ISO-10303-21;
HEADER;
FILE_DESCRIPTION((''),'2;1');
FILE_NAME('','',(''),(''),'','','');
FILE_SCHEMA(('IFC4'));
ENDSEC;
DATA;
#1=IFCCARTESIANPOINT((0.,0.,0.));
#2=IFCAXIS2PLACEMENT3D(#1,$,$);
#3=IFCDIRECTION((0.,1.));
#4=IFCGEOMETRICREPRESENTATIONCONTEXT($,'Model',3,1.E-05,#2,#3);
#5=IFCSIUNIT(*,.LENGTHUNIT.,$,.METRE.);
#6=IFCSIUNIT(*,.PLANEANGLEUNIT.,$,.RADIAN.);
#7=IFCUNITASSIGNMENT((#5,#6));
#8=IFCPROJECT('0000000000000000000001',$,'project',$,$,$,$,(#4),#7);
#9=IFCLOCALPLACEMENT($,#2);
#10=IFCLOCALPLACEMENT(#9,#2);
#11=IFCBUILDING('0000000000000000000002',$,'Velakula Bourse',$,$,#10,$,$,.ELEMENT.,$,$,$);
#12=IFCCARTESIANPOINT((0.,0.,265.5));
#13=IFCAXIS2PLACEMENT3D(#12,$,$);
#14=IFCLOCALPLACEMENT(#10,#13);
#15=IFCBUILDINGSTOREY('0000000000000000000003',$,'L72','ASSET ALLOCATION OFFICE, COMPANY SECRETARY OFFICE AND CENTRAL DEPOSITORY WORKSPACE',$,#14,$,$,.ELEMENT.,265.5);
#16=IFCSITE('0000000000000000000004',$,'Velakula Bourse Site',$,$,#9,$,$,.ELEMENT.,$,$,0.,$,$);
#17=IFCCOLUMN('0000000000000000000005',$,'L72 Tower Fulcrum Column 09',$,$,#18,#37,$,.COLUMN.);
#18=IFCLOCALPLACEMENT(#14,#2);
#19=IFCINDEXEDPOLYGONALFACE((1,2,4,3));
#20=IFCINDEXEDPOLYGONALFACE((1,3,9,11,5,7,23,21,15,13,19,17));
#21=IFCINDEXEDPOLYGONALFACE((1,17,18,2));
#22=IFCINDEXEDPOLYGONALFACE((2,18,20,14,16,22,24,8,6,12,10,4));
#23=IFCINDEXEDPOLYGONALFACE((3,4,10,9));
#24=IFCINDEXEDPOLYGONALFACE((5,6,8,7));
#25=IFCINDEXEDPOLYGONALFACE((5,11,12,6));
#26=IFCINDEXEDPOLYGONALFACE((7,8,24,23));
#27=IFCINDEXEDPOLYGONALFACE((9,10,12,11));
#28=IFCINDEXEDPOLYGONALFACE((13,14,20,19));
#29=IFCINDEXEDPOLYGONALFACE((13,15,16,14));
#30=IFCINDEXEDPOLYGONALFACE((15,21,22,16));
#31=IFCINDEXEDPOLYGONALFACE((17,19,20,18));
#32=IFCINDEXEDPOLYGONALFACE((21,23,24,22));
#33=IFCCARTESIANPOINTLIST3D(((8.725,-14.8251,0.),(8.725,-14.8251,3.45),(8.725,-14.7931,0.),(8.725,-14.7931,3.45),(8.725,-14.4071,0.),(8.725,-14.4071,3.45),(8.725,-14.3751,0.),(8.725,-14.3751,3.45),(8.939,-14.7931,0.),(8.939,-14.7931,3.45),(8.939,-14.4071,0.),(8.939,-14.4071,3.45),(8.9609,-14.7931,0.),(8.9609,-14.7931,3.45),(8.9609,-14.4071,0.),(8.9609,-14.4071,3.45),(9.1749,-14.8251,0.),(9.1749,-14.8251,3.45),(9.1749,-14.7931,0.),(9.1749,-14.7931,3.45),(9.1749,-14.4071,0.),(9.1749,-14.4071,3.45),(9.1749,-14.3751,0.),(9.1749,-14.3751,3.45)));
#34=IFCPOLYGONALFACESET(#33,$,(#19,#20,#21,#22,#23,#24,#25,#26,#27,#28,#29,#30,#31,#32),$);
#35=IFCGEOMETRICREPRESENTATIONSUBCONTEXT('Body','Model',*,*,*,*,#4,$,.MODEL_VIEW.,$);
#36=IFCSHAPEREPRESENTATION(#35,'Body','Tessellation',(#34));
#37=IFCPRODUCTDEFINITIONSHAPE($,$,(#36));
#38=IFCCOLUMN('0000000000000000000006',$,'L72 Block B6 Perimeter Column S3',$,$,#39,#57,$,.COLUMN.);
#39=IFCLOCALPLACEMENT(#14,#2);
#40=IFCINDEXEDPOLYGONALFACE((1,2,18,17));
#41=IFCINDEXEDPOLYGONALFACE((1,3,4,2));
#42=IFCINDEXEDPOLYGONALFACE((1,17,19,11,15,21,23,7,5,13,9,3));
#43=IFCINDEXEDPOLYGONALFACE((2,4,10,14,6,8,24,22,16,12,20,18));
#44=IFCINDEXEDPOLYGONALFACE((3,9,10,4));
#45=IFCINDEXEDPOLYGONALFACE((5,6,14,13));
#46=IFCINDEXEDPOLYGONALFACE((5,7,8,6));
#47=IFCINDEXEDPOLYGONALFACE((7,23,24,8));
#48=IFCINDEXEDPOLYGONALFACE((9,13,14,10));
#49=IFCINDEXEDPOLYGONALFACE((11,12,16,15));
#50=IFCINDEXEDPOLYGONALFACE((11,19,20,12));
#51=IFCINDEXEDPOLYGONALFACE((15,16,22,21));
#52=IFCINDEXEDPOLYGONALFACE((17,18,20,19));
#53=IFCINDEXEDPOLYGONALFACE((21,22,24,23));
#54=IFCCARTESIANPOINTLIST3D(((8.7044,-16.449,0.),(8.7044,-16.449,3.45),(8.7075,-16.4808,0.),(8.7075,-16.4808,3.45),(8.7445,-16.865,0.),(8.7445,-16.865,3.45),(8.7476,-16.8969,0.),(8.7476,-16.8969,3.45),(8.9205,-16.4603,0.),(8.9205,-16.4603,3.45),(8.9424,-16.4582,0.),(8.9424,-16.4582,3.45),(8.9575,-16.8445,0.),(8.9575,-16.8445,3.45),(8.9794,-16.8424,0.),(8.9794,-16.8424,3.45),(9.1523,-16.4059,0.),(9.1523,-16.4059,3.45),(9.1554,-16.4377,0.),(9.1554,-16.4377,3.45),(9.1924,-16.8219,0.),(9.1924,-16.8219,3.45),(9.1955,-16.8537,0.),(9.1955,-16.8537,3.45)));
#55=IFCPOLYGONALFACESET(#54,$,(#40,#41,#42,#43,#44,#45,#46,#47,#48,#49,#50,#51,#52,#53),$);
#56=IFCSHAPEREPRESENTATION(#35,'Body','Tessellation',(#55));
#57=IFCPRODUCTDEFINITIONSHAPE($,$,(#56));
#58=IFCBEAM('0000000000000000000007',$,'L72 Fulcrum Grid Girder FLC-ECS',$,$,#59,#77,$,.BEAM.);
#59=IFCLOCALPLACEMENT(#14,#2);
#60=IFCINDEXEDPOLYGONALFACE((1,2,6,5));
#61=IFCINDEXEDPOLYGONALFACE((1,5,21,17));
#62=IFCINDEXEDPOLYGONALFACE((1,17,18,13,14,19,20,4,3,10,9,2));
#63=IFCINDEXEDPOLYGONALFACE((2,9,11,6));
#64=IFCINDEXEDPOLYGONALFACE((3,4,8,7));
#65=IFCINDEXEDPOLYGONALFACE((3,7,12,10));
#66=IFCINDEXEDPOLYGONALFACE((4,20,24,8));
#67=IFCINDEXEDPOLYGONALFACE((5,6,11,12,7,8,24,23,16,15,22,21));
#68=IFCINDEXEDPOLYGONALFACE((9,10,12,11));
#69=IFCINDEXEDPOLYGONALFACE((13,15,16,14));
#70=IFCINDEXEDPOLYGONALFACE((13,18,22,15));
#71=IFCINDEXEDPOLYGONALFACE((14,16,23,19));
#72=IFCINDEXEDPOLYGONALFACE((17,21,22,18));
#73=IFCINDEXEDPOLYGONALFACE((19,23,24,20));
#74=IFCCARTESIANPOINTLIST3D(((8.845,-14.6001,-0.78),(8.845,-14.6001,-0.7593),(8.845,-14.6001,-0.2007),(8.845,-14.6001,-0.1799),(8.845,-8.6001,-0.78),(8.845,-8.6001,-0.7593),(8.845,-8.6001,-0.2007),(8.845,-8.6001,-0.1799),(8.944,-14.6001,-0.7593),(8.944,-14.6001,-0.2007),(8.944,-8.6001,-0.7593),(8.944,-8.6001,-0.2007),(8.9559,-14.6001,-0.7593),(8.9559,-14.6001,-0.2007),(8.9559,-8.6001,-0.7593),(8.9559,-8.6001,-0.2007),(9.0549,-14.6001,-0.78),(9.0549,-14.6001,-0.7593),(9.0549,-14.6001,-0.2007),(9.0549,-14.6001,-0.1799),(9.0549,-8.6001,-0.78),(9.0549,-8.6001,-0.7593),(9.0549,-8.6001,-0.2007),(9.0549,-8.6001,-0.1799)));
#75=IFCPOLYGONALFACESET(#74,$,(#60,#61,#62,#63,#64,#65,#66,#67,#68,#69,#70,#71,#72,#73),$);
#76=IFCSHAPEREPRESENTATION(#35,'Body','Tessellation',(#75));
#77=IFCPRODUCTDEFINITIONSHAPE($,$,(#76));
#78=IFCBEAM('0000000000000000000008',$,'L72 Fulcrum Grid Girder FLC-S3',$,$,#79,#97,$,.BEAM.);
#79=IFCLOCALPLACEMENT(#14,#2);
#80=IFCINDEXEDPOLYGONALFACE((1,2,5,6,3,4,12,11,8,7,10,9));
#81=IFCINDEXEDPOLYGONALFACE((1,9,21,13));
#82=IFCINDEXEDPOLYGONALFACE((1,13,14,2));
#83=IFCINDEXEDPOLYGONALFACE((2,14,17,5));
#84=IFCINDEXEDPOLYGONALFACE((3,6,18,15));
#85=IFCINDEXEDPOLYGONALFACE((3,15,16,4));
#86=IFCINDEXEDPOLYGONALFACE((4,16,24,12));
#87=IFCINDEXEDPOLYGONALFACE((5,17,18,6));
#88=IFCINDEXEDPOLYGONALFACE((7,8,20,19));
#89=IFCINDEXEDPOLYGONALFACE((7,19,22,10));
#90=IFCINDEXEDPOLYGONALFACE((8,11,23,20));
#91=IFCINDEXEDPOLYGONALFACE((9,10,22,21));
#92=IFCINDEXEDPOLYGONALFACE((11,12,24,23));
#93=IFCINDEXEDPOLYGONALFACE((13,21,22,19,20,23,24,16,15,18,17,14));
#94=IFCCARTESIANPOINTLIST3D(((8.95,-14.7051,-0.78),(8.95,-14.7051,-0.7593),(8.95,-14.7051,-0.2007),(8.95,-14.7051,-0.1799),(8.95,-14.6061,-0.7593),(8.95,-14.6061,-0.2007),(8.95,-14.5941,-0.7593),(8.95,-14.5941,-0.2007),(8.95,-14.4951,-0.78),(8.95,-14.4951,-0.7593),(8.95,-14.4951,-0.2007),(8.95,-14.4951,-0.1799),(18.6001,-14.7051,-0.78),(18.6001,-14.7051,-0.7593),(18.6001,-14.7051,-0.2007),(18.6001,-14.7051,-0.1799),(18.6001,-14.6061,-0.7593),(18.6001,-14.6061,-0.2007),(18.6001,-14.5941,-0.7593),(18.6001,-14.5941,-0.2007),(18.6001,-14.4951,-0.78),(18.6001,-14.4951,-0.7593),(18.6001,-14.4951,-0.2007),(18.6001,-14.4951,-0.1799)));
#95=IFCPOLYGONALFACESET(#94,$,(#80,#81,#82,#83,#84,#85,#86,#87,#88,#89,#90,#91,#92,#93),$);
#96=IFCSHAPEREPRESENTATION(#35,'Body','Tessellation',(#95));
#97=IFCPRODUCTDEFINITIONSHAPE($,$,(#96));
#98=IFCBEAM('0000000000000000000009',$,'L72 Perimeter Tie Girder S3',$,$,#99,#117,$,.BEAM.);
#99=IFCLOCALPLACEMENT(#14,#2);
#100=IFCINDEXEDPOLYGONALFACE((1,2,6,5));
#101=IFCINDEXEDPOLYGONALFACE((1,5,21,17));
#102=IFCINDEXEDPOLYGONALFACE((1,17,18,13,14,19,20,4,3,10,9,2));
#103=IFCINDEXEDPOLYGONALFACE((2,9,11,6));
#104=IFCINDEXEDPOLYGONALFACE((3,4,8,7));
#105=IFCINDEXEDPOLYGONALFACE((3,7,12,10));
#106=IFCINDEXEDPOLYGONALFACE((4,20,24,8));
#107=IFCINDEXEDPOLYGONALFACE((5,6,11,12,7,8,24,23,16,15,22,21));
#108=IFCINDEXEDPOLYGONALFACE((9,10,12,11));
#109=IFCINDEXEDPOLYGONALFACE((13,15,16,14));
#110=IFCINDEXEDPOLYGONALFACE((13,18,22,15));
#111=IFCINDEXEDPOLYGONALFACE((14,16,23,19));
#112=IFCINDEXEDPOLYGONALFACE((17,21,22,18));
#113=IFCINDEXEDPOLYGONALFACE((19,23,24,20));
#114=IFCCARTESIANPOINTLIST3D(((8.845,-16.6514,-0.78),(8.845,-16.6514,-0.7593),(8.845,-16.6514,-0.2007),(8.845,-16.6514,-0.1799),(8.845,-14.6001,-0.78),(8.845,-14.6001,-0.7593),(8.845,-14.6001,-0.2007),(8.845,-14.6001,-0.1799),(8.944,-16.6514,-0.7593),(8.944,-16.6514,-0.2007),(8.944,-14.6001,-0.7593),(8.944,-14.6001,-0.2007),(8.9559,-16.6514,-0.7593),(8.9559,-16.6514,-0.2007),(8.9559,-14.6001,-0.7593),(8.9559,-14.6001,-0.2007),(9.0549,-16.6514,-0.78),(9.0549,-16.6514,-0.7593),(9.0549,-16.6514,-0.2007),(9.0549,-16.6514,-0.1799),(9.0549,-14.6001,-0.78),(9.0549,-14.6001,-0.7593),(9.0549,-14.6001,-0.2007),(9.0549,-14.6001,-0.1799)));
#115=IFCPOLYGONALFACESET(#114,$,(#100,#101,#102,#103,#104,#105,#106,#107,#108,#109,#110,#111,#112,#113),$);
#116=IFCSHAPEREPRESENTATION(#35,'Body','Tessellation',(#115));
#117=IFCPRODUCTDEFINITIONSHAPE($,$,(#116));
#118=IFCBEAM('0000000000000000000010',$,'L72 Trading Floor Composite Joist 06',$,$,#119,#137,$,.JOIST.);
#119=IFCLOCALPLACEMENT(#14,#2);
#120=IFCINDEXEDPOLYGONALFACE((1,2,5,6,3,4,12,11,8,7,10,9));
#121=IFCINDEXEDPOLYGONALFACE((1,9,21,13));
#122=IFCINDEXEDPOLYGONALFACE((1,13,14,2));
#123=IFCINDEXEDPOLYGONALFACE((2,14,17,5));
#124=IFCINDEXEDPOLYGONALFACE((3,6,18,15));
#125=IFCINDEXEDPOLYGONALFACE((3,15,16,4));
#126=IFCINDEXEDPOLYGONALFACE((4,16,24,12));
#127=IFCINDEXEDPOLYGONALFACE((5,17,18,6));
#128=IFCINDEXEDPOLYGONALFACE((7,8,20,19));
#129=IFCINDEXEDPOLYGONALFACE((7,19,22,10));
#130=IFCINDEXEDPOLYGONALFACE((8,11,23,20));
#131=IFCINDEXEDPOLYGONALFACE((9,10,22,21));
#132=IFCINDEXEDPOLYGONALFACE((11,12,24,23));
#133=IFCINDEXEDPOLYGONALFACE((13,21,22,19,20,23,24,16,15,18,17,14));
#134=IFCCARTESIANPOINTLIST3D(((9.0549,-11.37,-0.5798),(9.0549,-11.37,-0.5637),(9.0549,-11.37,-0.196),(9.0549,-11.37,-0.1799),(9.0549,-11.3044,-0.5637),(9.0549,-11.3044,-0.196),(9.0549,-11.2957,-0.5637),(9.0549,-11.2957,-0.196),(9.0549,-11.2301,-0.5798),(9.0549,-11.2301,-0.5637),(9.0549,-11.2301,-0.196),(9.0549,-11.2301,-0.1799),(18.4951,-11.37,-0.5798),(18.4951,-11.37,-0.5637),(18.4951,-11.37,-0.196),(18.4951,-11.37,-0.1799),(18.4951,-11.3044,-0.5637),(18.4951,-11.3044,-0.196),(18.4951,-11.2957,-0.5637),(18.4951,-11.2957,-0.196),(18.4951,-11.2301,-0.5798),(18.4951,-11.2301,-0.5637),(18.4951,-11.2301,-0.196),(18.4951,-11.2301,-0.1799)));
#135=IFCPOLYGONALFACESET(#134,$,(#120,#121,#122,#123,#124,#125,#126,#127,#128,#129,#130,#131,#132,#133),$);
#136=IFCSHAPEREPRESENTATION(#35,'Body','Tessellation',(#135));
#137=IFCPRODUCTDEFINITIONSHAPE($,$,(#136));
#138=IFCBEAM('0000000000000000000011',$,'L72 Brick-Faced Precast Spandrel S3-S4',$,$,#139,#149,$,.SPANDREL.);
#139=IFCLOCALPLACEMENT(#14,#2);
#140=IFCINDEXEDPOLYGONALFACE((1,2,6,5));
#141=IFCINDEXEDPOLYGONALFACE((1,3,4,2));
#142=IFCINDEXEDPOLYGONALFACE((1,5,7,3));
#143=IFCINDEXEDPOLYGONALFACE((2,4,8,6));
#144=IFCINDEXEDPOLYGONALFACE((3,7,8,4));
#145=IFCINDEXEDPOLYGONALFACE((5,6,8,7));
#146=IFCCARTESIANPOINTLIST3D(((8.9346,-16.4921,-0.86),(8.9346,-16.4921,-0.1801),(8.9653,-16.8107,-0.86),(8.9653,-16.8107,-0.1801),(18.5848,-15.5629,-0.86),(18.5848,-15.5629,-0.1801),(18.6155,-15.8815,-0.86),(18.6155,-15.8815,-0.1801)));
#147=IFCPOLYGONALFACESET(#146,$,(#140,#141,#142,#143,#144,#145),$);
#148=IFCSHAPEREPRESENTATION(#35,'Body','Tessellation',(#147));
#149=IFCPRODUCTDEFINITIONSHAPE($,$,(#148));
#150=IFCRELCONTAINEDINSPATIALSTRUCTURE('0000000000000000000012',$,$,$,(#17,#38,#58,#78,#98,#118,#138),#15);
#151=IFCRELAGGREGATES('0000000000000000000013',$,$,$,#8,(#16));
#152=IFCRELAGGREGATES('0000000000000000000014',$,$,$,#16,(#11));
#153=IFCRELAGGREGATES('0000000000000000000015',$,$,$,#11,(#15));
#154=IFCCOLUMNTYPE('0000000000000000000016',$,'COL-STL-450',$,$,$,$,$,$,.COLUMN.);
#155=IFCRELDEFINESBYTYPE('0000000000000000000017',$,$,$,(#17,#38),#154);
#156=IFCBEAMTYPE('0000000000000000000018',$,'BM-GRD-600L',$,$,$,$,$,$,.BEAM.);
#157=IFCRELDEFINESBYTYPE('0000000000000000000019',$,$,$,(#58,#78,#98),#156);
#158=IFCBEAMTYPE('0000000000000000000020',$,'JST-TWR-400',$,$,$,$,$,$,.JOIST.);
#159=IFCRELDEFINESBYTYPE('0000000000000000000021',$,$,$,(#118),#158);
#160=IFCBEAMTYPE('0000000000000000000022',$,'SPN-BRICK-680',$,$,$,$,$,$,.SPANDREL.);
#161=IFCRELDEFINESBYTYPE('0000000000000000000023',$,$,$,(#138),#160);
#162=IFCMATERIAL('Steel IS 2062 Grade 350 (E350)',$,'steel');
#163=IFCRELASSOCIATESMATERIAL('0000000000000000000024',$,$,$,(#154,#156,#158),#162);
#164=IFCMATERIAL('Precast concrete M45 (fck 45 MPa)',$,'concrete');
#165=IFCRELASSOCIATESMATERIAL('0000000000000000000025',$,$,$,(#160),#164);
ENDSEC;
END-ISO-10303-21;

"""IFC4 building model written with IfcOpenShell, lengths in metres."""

from ifc_helpers import new_model, si_unit, direction, frame, origin, origin_2d, place, context, subcontext, project, spatial, rectangle, i_section, extrude, material, material_profile, profile_set, type_object, element, save


model = new_model("IFC4")

# Units and contexts
model_context = context("Model", 3, precision=1e-05, world=origin(), true_north=direction((0.0, 1.0)))
body_context = subcontext(model_context, "Body", "Model", "MODEL_VIEW")
ifc_project = project(units=[si_unit("LENGTHUNIT", "METRE"), si_unit("PLANEANGLEUNIT", "RADIAN")], contexts=[model_context])

# Site, building, storey
site_placement = place(None, origin())
site = spatial("IfcSite", under=ifc_project, at=site_placement, Name="Velakula Bourse Site", CompositionType="ELEMENT", RefElevation=0.0)
building_placement = place(site_placement, origin())
building = spatial("IfcBuilding", under=site, at=building_placement, Name="Velakula Bourse", CompositionType="ELEMENT")
storey_placement = place(building_placement, frame((0.0, 0.0, 265.5)))
storey = spatial("IfcBuildingStorey", under=building, at=storey_placement, Name="L72", Description="ASSET ALLOCATION OFFICE, COMPANY SECRETARY OFFICE AND CENTRAL DEPOSITORY WORKSPACE", CompositionType="ELEMENT", Elevation=265.5)

# Columns
ifc_material_1 = material(Name="Steel IS 2062 Grade 350 (E350)", Category="steel")
ifc_material_profile_1 = material_profile(ifc_material_1, i_section(OverallWidth=0.45, OverallDepth=0.45, WebThickness=0.022, FlangeThickness=0.032, at=origin_2d()), Name="Steel IS 2062 Grade 350 (E350)")
ifc_profile_set_1 = profile_set([ifc_material_profile_1], Name="Steel IS 2062 Grade 350 (E350)")
column_type = type_object("IfcColumnType", Name="COL-STL-450", PredefinedType="COLUMN", material=ifc_profile_set_1)
for number, where, z_axis, x_axis, name in (
    (1, (8.95, -14.6001, 0.0), (0.0, 0.0, 1.0), (1.0, 0.0, 0.0), "L72 Tower Fulcrum Column 09"),
    (2, (8.95, -16.6514, 0.0), (0.0, 0.0, 1.0), (0.995396, 0.095846, 0.0), "L72 Block B6 Perimeter Column S3"),
):
    element("IfcColumn", number, at=place(storey_placement, frame(where, z_axis=z_axis, x_axis=x_axis)), inside=storey, type_object=column_type, Name=name, PredefinedType="COLUMN", context=body_context, shape_type="SweptSolid", body=[
        extrude(i_section(OverallWidth=0.45, OverallDepth=0.45, WebThickness=0.022, FlangeThickness=0.032, at=origin_2d()), origin(), (0.0, 0.0, 1.0), 3.45),
    ])

# Beams
ifc_material_profile_2 = material_profile(ifc_material_1, i_section(OverallWidth=0.21, OverallDepth=0.6001, WebThickness=0.012, FlangeThickness=0.0208, at=origin_2d()), Name="Steel IS 2062 Grade 350 (E350)")
ifc_profile_set_2 = profile_set([ifc_material_profile_2], Name="Steel IS 2062 Grade 350 (E350)")
beam_type_1 = type_object("IfcBeamType", Name="BM-GRD-600L", PredefinedType="BEAM", material=ifc_profile_set_2)
beam_1_placement = place(storey_placement, frame((8.95, -14.6001, -0.48), z_axis=(0.0, 1.0, 0.0), x_axis=(-1.0, 0.0, 0.0)))
element("IfcBeam", 3, at=beam_1_placement, inside=storey, type_object=beam_type_1, Name="L72 Fulcrum Grid Girder FLC-ECS", PredefinedType="BEAM", context=body_context, shape_type="SweptSolid", body=[
    extrude(i_section(OverallWidth=0.21, OverallDepth=0.6001, WebThickness=0.012, FlangeThickness=0.0208, at=origin_2d()), origin(), (0.0, 0.0, 1.0), 6.0),
])
beam_2_placement = place(storey_placement, frame((8.95, -14.6001, -0.48), z_axis=(1.0, 0.0, 0.0), x_axis=(0.0, 1.0, 0.0)))
element("IfcBeam", 4, at=beam_2_placement, inside=storey, type_object=beam_type_1, Name="L72 Fulcrum Grid Girder FLC-S3", PredefinedType="BEAM", context=body_context, shape_type="SweptSolid", body=[
    extrude(i_section(OverallWidth=0.21, OverallDepth=0.6001, WebThickness=0.012, FlangeThickness=0.0208, at=origin_2d()), origin(), (0.0, 0.0, 1.0), 9.6501),
])
beam_3_placement = place(storey_placement, frame((8.95, -14.6001, -0.48), z_axis=(0.0, -1.0, 0.0), x_axis=(1.0, 0.0, 0.0)))
element("IfcBeam", 5, at=beam_3_placement, inside=storey, type_object=beam_type_1, Name="L72 Perimeter Tie Girder S3", PredefinedType="BEAM", context=body_context, shape_type="SweptSolid", body=[
    extrude(i_section(OverallWidth=0.21, OverallDepth=0.6001, WebThickness=0.012, FlangeThickness=0.0208, at=origin_2d()), origin(), (0.0, 0.0, 1.0), 2.0513),
])
ifc_material_profile_3 = material_profile(ifc_material_1, i_section(OverallWidth=0.1399, OverallDepth=0.3999, WebThickness=0.0088, FlangeThickness=0.0161, at=origin_2d()), Name="Steel IS 2062 Grade 350 (E350)")
ifc_profile_set_3 = profile_set([ifc_material_profile_3], Name="Steel IS 2062 Grade 350 (E350)")
beam_type_2 = type_object("IfcBeamType", Name="JST-TWR-400", PredefinedType="JOIST", material=ifc_profile_set_3)
beam_4_placement = place(storey_placement, frame((9.0549, -11.3, -0.3799), z_axis=(1.0, 0.0, 0.0), x_axis=(0.0, 1.0, 0.0)))
element("IfcBeam", 6, at=beam_4_placement, inside=storey, type_object=beam_type_2, Name="L72 Trading Floor Composite Joist 06", PredefinedType="JOIST", context=body_context, shape_type="SweptSolid", body=[
    extrude(i_section(OverallWidth=0.1399, OverallDepth=0.3999, WebThickness=0.0088, FlangeThickness=0.0161, at=origin_2d()), origin(), (0.0, 0.0, 1.0), 9.4402),
])
ifc_material_2 = material(Name="Precast concrete M45 (fck 45 MPa)", Category="concrete")
ifc_material_profile_4 = material_profile(ifc_material_2, rectangle(XDim=0.3201, YDim=0.6799, at=origin_2d()), Name="Precast concrete M45 (fck 45 MPa)")
ifc_profile_set_4 = profile_set([ifc_material_profile_4], Name="Precast concrete M45 (fck 45 MPa)")
beam_type_3 = type_object("IfcBeamType", Name="SPN-BRICK-680", PredefinedType="SPANDREL", material=ifc_profile_set_4)
beam_5_placement = place(storey_placement, frame((8.95, -16.6514, -0.52), z_axis=(0.995396, 0.095845, 0.0), x_axis=(-0.095845, 0.995396, 0.0)))
element("IfcBeam", 7, at=beam_5_placement, inside=storey, type_object=beam_type_3, Name="L72 Brick-Faced Precast Spandrel S3-S4", PredefinedType="SPANDREL", context=body_context, shape_type="SweptSolid", body=[
    extrude(rectangle(XDim=0.3201, YDim=0.6799, at=origin_2d()), origin(), (0.0, 0.0, 1.0), 9.6948),
])

save(model, "model.ifc")
